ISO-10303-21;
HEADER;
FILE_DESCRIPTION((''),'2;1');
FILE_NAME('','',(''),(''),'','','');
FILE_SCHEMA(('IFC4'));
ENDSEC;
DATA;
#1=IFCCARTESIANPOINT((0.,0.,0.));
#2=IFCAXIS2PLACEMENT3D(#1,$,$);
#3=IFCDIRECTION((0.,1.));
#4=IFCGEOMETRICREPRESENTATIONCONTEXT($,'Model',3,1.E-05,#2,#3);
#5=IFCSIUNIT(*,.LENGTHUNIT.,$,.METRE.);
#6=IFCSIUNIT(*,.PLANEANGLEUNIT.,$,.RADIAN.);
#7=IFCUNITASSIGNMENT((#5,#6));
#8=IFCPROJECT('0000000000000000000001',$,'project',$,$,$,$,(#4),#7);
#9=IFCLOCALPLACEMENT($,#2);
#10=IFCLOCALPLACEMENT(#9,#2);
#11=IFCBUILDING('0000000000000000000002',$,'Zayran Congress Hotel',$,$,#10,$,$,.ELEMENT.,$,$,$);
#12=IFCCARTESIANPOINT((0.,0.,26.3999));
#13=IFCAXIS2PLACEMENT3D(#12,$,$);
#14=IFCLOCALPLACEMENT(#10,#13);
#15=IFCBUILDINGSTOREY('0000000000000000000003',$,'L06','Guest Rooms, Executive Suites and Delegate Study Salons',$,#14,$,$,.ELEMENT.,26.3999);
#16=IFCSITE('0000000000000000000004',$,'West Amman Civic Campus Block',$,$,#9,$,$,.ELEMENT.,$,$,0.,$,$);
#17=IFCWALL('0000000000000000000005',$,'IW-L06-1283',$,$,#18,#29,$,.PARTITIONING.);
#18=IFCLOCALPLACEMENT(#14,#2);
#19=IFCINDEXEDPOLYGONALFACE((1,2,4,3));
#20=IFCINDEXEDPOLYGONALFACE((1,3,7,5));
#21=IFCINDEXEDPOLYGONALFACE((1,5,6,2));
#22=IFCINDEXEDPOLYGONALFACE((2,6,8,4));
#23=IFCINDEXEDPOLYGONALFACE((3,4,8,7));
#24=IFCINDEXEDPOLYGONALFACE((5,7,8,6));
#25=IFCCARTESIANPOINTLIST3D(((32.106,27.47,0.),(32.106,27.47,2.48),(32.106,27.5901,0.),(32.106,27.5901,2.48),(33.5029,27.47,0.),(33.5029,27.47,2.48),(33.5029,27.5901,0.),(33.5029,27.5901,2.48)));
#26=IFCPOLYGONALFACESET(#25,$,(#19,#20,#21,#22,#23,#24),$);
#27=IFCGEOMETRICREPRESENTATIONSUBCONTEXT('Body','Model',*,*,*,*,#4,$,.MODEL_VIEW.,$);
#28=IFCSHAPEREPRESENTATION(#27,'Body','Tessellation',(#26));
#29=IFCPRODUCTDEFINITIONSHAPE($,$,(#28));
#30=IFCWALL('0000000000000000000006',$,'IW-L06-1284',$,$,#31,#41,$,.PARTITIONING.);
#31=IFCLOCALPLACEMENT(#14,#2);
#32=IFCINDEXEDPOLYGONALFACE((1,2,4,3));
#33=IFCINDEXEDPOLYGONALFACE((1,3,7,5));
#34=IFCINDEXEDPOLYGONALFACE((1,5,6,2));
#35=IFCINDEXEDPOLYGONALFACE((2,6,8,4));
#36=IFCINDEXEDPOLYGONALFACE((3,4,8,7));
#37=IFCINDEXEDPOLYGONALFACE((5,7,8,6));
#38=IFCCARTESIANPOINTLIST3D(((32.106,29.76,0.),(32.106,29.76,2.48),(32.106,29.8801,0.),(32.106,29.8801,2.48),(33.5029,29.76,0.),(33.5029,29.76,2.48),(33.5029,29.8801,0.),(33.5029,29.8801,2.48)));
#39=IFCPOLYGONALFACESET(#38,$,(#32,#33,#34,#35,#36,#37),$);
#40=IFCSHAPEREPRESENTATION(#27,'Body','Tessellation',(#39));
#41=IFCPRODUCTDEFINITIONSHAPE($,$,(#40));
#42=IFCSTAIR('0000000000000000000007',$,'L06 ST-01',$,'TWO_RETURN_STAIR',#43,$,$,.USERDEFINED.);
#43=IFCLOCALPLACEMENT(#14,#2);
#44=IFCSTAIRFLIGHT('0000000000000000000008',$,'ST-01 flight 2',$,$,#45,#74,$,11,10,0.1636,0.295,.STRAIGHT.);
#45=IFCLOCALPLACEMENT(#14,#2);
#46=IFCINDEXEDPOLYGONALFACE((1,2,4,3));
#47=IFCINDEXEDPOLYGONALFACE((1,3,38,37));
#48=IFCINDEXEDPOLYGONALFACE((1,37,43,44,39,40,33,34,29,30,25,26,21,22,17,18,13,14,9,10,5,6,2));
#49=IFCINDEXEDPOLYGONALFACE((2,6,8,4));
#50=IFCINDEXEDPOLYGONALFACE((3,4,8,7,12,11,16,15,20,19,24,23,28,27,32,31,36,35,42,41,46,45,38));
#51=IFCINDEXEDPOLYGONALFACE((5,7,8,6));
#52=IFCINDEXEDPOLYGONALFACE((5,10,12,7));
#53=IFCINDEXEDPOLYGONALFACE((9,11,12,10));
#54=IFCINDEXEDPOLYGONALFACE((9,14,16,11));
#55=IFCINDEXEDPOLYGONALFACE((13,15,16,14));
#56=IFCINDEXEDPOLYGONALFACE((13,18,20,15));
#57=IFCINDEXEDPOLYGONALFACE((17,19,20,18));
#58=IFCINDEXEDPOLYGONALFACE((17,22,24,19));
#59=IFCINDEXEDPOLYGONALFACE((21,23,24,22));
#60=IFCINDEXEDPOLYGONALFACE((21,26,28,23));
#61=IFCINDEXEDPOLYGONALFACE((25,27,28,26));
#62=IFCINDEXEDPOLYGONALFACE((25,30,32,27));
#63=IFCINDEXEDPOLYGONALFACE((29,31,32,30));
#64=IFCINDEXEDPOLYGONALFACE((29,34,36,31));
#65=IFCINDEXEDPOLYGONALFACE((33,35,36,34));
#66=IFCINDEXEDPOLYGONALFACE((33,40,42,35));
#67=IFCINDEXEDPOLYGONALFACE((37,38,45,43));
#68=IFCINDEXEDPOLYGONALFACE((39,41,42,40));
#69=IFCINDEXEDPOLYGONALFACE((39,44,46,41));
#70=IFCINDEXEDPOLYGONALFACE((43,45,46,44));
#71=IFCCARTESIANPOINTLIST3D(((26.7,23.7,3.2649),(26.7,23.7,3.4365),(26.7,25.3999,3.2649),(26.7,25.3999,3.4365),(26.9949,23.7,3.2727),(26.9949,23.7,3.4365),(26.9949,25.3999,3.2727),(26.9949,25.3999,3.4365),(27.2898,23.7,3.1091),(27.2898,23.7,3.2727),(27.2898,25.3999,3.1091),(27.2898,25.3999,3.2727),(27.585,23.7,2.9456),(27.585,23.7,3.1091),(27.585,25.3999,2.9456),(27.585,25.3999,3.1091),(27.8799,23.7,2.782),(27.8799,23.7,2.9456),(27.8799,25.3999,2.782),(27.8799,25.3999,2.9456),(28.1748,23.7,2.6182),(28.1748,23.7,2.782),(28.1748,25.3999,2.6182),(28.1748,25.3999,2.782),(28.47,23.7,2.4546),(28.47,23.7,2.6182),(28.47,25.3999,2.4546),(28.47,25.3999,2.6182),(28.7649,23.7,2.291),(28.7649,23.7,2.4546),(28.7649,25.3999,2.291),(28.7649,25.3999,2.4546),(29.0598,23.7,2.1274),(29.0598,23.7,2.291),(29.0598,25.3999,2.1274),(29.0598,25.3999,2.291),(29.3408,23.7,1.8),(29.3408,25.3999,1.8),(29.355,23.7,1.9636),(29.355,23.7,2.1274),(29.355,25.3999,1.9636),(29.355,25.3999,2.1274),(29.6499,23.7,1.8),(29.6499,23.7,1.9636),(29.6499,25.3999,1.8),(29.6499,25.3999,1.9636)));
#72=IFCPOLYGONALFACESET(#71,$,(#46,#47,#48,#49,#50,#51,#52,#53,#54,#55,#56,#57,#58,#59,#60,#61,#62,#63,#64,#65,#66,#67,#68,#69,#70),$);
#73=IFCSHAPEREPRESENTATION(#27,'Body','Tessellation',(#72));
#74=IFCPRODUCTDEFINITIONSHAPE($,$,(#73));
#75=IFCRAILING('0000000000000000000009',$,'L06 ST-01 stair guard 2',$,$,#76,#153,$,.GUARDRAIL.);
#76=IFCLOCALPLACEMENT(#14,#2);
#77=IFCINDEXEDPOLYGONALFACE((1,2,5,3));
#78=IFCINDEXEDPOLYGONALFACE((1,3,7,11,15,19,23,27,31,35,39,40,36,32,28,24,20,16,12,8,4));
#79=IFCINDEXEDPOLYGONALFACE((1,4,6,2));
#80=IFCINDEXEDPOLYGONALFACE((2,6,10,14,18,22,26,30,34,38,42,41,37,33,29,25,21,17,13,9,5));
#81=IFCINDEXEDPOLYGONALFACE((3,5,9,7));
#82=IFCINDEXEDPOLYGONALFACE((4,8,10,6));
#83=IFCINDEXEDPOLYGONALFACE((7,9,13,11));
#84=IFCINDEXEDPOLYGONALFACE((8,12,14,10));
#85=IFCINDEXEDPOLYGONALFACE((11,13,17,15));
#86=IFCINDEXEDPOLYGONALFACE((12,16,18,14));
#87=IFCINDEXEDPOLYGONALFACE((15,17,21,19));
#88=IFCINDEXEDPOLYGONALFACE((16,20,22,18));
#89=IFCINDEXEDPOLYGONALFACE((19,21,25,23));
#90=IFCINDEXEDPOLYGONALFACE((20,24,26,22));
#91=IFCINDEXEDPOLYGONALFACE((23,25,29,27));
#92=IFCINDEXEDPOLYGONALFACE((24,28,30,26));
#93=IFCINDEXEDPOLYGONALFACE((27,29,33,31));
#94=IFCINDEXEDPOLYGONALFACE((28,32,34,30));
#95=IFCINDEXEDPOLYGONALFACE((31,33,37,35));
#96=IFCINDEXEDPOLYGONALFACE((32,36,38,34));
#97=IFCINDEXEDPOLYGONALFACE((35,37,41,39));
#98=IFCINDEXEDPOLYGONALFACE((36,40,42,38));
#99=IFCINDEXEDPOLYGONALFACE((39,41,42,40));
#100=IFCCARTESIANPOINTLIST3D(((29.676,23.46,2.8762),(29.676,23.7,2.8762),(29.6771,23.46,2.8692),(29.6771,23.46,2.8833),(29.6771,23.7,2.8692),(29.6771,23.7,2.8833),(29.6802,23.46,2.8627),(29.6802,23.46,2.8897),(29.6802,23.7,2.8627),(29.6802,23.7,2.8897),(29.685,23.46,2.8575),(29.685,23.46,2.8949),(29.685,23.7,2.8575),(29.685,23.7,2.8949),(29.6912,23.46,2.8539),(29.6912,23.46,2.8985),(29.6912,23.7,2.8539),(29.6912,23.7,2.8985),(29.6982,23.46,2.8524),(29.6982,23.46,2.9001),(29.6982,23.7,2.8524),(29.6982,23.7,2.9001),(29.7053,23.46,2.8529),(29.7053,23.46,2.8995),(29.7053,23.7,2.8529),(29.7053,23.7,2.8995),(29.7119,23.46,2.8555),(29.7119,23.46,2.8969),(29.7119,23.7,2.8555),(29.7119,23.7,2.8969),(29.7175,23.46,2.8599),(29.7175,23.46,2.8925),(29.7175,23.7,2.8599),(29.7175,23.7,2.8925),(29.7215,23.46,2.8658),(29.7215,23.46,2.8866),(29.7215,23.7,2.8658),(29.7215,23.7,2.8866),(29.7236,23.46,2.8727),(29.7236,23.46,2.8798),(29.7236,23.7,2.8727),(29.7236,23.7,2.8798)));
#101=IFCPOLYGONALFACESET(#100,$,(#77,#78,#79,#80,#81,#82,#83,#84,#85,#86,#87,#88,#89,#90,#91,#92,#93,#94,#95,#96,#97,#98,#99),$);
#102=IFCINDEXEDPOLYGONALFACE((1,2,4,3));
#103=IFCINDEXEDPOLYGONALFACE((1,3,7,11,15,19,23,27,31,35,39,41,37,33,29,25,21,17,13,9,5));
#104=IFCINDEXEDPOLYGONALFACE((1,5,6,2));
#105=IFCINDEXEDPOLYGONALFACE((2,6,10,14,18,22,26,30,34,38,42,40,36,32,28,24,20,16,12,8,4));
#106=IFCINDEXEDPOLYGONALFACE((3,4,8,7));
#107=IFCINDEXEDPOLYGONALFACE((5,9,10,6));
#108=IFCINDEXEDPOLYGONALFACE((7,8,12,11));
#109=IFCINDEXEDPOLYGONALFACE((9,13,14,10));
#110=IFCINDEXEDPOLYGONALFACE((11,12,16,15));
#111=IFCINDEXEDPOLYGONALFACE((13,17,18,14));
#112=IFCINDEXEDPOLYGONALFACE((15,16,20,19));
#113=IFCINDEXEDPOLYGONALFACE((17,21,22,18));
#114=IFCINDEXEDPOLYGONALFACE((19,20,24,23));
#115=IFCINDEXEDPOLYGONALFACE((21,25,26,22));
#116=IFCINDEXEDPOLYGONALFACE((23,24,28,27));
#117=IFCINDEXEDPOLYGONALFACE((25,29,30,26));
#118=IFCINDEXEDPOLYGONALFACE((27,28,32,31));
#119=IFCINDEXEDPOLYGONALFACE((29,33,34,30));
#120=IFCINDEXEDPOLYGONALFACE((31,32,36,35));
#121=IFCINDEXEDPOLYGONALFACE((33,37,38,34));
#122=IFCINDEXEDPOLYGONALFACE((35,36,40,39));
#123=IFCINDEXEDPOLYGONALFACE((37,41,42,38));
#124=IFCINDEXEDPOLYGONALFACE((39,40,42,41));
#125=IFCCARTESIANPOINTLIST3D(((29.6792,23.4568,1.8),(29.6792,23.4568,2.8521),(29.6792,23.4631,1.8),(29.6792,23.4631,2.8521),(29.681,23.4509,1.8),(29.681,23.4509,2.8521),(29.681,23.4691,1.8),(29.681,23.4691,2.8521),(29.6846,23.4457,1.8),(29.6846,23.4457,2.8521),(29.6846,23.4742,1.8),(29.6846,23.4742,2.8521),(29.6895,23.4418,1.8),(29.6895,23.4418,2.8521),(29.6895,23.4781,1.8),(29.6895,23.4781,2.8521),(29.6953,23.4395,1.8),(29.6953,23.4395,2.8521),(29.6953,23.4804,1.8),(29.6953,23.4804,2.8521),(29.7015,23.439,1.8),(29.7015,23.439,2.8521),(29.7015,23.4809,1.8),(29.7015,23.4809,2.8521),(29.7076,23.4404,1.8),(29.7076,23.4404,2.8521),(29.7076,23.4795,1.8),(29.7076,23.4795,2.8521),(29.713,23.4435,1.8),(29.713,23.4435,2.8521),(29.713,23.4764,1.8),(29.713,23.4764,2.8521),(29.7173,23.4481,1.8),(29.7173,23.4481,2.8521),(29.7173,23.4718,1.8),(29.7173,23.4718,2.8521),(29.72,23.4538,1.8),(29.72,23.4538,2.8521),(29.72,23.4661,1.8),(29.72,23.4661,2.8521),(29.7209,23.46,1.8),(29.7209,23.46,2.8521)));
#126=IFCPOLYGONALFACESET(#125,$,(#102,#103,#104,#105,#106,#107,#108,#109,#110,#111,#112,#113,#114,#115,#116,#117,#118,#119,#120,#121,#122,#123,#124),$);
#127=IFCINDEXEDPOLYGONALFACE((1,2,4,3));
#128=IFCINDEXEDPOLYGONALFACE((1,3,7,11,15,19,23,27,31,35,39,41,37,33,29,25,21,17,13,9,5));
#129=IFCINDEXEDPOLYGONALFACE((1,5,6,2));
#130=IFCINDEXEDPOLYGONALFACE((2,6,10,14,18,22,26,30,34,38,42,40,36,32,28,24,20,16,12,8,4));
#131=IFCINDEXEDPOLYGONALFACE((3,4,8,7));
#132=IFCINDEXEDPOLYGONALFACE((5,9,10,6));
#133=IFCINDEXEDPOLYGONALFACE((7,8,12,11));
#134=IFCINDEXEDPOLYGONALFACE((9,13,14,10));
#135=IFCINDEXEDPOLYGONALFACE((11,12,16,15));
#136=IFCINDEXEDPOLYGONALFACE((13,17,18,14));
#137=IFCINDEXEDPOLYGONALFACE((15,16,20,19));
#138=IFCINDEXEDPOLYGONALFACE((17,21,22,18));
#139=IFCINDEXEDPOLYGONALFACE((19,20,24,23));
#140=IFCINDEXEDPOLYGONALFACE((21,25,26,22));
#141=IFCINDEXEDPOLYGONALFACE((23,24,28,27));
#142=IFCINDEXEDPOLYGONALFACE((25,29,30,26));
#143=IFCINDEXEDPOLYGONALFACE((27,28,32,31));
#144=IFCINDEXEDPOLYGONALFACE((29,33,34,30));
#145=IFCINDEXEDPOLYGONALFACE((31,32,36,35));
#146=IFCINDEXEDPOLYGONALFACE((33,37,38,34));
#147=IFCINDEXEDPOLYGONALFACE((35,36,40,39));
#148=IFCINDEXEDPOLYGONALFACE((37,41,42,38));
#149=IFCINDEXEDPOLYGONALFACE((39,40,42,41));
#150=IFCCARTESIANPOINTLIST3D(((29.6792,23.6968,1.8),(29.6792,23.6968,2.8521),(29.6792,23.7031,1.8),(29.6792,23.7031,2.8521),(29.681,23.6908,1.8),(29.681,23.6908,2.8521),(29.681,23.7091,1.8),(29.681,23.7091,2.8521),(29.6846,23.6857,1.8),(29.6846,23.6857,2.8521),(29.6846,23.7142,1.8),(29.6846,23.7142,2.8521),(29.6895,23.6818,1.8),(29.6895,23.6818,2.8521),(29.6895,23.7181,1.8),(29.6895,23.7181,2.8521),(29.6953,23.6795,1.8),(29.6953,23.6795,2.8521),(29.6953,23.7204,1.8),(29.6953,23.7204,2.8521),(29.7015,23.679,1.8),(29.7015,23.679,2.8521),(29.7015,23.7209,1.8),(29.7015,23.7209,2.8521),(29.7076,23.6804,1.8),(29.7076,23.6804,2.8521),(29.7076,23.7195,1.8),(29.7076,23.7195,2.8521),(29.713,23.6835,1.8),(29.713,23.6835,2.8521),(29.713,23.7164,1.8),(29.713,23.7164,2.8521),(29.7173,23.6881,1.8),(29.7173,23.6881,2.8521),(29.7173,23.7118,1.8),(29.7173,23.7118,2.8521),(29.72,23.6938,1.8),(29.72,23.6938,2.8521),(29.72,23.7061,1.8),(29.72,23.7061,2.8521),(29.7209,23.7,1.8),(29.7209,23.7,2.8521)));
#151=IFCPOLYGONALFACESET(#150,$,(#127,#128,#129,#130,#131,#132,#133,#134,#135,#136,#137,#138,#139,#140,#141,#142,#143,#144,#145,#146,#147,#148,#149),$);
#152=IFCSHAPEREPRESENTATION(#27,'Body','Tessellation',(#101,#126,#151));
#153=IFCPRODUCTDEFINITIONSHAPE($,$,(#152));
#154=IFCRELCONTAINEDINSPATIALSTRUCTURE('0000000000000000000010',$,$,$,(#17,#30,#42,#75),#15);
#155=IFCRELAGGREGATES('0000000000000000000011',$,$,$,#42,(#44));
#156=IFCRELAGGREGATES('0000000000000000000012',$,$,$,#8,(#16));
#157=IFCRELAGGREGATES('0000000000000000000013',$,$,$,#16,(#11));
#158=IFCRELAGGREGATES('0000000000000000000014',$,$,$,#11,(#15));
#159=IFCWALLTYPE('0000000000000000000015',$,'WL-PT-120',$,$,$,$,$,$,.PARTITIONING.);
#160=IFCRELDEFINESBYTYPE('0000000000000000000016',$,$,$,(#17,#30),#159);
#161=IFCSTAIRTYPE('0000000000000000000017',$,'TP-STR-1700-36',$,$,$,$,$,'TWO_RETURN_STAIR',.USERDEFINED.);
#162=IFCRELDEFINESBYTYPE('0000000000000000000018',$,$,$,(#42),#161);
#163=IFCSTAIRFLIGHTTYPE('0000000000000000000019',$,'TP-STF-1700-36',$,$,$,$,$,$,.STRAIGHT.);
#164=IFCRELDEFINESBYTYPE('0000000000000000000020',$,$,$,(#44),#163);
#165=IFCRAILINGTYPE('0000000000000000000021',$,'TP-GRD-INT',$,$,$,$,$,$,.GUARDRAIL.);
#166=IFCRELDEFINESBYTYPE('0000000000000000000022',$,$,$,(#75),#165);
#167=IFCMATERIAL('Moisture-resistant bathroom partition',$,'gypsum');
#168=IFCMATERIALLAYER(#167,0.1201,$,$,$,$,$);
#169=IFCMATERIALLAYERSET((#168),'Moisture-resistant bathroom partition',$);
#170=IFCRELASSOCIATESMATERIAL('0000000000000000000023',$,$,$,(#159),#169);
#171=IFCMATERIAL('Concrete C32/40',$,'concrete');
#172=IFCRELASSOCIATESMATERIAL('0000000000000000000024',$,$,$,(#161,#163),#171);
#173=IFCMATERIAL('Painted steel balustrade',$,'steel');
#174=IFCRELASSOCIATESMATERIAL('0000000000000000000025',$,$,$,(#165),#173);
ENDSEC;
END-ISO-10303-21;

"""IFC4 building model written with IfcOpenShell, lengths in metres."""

from ifc_helpers import new_model, si_unit, direction, frame, frame_2d, origin, origin_2d, place, context, subcontext, project, spatial, polyline, rectangle, circle, outline, extrude, material, layer, layer_set, type_object, element, aggregate, save


model = new_model("IFC4")

# Units and contexts
model_context = context("Model", 3, precision=1e-05, world=origin(), true_north=direction((0.0, 1.0)))
body_context = subcontext(model_context, "Body", "Model", "MODEL_VIEW")
ifc_project = project(units=[si_unit("LENGTHUNIT", "METRE"), si_unit("PLANEANGLEUNIT", "RADIAN")], contexts=[model_context])

# Site, building, storey
site_placement = place(None, origin())
site = spatial("IfcSite", under=ifc_project, at=site_placement, Name="West Amman Civic Campus Block", CompositionType="ELEMENT", RefElevation=0.0)
building_placement = place(site_placement, origin())
building = spatial("IfcBuilding", under=site, at=building_placement, Name="Zayran Congress Hotel", CompositionType="ELEMENT")
storey_placement = place(building_placement, frame((0.0, 0.0, 26.3999)))
storey = spatial("IfcBuildingStorey", under=building, at=storey_placement, Name="L06", Description="Guest Rooms, Executive Suites and Delegate Study Salons", CompositionType="ELEMENT", Elevation=26.3999)

# Shared definitions
ifc_material_1 = material(Name="Moisture-resistant bathroom partition", Category="gypsum")
ifc_layer_1 = layer(ifc_material_1, 0.1201)
ifc_layer_set_1 = layer_set([ifc_layer_1], Name="Moisture-resistant bathroom partition")
wall_type_1 = type_object("IfcWallType", Name="WL-PT-120", PredefinedType="PARTITIONING", material=ifc_layer_set_1)

# Walls
for number, where, z_axis, x_axis, name in (
    (1, (32.106, 27.53, 0.0), (0.0, 0.0, 1.0), (1.0, 0.0, 0.0), "IW-L06-1283"),
    (2, (32.106, 29.8201, 0.0), (0.0, 0.0, 1.0), (1.0, 0.0, 0.0), "IW-L06-1284"),
):
    element("IfcWall", number, at=place(storey_placement, frame(where, z_axis=z_axis, x_axis=x_axis)), inside=storey, type_object=wall_type_1, Name=name, PredefinedType="PARTITIONING", context=body_context, shape_type="SweptSolid", body=[
        extrude(rectangle(XDim=1.397, YDim=0.1201, at=frame_2d((0.6985, 0.0))), origin(), (0.0, 0.0, 1.0), 2.48),
    ])

# Stair, stair flight
ifc_material_2 = material(Name="Concrete C32/40", Category="concrete")
stair_type = type_object("IfcStairType", Name="TP-STR-1700-36", ElementType="TWO_RETURN_STAIR", PredefinedType="USERDEFINED", material=ifc_material_2)
stair_placement = place(storey_placement, origin())
stair = element("IfcStair", 3, at=stair_placement, inside=storey, type_object=stair_type, Name="L06 ST-01", ObjectType="TWO_RETURN_STAIR", PredefinedType="USERDEFINED")
stair_flight_type = type_object("IfcStairFlightType", Name="TP-STF-1700-36", PredefinedType="STRAIGHT", material=ifc_material_2)
stair_flight_placement = place(storey_placement, frame((29.6499, 24.55, 1.8), z_axis=(0.0, 0.0, 1.0), x_axis=(-1.0, 0.0, 0.0)))
stair_flight = element("IfcStairFlight", 4, at=stair_flight_placement, type_object=stair_flight_type, Name="ST-01 flight 2", NumberOfRisers=11, NumberOfTreads=10, PredefinedType="STRAIGHT", RiserHeight=0.1636, TreadLength=0.295, context=body_context, shape_type="SweptSolid", body=[
    extrude(outline(polyline([(0.0, 0.0), (0.0, 0.1636), (0.2949, 0.1636), (0.2949, 0.3274), (0.5901, 0.3274), (0.5901, 0.491), (0.885, 0.491), (0.885, 0.6545), (1.1799, 0.6545), (1.1799, 0.8181), (1.4751, 0.8181), (1.4751, 0.9819), (1.77, 0.9819), (1.77, 1.1455), (2.0649, 1.1455), (2.0649, 1.3091), (2.3601, 1.3091), (2.3601, 1.4727), (2.655, 1.4727), (2.655, 1.6365), (2.95, 1.6365), (2.95, 1.8), (2.95, 1.4648), (0.3091, 0.0), (0.0, 0.0)])), frame((0.0, 0.8501, 0.0), z_axis=(0.0, -1.0, 0.0), x_axis=(1.0, 0.0, 0.0)), (0.0, 0.0, 1.0), 1.7),
])
aggregate(stair, [stair_flight])

# Railing
ifc_material_3 = material(Name="Painted steel balustrade", Category="steel")
railing_type_1 = type_object("IfcRailingType", Name="TP-GRD-INT", PredefinedType="GUARDRAIL", material=ifc_material_3)
railing_1_placement = place(storey_placement, frame((29.7, 23.46, 1.8)))
element("IfcRailing", 5, at=railing_1_placement, inside=storey, type_object=railing_type_1, Name="L06 ST-01 stair guard 2", PredefinedType="GUARDRAIL", context=body_context, shape_type="SweptSolid", body=[
    extrude(circle(Radius=0.0239, at=origin_2d()), frame((0.0, 0.0, 1.0762), z_axis=(0.0, 1.0, 0.0), x_axis=(-1.0, 0.0, 0.0)), (0.0, 0.0, 1.0), 0.24),
    extrude(circle(Radius=0.021, at=origin_2d()), origin(), (0.0, 0.0, 1.0), 1.052),
    extrude(circle(Radius=0.021, at=origin_2d()), frame((0.0, 0.24, 0.0)), (0.0, 0.0, 1.0), 1.052),
])

save(model, "model.ifc")
